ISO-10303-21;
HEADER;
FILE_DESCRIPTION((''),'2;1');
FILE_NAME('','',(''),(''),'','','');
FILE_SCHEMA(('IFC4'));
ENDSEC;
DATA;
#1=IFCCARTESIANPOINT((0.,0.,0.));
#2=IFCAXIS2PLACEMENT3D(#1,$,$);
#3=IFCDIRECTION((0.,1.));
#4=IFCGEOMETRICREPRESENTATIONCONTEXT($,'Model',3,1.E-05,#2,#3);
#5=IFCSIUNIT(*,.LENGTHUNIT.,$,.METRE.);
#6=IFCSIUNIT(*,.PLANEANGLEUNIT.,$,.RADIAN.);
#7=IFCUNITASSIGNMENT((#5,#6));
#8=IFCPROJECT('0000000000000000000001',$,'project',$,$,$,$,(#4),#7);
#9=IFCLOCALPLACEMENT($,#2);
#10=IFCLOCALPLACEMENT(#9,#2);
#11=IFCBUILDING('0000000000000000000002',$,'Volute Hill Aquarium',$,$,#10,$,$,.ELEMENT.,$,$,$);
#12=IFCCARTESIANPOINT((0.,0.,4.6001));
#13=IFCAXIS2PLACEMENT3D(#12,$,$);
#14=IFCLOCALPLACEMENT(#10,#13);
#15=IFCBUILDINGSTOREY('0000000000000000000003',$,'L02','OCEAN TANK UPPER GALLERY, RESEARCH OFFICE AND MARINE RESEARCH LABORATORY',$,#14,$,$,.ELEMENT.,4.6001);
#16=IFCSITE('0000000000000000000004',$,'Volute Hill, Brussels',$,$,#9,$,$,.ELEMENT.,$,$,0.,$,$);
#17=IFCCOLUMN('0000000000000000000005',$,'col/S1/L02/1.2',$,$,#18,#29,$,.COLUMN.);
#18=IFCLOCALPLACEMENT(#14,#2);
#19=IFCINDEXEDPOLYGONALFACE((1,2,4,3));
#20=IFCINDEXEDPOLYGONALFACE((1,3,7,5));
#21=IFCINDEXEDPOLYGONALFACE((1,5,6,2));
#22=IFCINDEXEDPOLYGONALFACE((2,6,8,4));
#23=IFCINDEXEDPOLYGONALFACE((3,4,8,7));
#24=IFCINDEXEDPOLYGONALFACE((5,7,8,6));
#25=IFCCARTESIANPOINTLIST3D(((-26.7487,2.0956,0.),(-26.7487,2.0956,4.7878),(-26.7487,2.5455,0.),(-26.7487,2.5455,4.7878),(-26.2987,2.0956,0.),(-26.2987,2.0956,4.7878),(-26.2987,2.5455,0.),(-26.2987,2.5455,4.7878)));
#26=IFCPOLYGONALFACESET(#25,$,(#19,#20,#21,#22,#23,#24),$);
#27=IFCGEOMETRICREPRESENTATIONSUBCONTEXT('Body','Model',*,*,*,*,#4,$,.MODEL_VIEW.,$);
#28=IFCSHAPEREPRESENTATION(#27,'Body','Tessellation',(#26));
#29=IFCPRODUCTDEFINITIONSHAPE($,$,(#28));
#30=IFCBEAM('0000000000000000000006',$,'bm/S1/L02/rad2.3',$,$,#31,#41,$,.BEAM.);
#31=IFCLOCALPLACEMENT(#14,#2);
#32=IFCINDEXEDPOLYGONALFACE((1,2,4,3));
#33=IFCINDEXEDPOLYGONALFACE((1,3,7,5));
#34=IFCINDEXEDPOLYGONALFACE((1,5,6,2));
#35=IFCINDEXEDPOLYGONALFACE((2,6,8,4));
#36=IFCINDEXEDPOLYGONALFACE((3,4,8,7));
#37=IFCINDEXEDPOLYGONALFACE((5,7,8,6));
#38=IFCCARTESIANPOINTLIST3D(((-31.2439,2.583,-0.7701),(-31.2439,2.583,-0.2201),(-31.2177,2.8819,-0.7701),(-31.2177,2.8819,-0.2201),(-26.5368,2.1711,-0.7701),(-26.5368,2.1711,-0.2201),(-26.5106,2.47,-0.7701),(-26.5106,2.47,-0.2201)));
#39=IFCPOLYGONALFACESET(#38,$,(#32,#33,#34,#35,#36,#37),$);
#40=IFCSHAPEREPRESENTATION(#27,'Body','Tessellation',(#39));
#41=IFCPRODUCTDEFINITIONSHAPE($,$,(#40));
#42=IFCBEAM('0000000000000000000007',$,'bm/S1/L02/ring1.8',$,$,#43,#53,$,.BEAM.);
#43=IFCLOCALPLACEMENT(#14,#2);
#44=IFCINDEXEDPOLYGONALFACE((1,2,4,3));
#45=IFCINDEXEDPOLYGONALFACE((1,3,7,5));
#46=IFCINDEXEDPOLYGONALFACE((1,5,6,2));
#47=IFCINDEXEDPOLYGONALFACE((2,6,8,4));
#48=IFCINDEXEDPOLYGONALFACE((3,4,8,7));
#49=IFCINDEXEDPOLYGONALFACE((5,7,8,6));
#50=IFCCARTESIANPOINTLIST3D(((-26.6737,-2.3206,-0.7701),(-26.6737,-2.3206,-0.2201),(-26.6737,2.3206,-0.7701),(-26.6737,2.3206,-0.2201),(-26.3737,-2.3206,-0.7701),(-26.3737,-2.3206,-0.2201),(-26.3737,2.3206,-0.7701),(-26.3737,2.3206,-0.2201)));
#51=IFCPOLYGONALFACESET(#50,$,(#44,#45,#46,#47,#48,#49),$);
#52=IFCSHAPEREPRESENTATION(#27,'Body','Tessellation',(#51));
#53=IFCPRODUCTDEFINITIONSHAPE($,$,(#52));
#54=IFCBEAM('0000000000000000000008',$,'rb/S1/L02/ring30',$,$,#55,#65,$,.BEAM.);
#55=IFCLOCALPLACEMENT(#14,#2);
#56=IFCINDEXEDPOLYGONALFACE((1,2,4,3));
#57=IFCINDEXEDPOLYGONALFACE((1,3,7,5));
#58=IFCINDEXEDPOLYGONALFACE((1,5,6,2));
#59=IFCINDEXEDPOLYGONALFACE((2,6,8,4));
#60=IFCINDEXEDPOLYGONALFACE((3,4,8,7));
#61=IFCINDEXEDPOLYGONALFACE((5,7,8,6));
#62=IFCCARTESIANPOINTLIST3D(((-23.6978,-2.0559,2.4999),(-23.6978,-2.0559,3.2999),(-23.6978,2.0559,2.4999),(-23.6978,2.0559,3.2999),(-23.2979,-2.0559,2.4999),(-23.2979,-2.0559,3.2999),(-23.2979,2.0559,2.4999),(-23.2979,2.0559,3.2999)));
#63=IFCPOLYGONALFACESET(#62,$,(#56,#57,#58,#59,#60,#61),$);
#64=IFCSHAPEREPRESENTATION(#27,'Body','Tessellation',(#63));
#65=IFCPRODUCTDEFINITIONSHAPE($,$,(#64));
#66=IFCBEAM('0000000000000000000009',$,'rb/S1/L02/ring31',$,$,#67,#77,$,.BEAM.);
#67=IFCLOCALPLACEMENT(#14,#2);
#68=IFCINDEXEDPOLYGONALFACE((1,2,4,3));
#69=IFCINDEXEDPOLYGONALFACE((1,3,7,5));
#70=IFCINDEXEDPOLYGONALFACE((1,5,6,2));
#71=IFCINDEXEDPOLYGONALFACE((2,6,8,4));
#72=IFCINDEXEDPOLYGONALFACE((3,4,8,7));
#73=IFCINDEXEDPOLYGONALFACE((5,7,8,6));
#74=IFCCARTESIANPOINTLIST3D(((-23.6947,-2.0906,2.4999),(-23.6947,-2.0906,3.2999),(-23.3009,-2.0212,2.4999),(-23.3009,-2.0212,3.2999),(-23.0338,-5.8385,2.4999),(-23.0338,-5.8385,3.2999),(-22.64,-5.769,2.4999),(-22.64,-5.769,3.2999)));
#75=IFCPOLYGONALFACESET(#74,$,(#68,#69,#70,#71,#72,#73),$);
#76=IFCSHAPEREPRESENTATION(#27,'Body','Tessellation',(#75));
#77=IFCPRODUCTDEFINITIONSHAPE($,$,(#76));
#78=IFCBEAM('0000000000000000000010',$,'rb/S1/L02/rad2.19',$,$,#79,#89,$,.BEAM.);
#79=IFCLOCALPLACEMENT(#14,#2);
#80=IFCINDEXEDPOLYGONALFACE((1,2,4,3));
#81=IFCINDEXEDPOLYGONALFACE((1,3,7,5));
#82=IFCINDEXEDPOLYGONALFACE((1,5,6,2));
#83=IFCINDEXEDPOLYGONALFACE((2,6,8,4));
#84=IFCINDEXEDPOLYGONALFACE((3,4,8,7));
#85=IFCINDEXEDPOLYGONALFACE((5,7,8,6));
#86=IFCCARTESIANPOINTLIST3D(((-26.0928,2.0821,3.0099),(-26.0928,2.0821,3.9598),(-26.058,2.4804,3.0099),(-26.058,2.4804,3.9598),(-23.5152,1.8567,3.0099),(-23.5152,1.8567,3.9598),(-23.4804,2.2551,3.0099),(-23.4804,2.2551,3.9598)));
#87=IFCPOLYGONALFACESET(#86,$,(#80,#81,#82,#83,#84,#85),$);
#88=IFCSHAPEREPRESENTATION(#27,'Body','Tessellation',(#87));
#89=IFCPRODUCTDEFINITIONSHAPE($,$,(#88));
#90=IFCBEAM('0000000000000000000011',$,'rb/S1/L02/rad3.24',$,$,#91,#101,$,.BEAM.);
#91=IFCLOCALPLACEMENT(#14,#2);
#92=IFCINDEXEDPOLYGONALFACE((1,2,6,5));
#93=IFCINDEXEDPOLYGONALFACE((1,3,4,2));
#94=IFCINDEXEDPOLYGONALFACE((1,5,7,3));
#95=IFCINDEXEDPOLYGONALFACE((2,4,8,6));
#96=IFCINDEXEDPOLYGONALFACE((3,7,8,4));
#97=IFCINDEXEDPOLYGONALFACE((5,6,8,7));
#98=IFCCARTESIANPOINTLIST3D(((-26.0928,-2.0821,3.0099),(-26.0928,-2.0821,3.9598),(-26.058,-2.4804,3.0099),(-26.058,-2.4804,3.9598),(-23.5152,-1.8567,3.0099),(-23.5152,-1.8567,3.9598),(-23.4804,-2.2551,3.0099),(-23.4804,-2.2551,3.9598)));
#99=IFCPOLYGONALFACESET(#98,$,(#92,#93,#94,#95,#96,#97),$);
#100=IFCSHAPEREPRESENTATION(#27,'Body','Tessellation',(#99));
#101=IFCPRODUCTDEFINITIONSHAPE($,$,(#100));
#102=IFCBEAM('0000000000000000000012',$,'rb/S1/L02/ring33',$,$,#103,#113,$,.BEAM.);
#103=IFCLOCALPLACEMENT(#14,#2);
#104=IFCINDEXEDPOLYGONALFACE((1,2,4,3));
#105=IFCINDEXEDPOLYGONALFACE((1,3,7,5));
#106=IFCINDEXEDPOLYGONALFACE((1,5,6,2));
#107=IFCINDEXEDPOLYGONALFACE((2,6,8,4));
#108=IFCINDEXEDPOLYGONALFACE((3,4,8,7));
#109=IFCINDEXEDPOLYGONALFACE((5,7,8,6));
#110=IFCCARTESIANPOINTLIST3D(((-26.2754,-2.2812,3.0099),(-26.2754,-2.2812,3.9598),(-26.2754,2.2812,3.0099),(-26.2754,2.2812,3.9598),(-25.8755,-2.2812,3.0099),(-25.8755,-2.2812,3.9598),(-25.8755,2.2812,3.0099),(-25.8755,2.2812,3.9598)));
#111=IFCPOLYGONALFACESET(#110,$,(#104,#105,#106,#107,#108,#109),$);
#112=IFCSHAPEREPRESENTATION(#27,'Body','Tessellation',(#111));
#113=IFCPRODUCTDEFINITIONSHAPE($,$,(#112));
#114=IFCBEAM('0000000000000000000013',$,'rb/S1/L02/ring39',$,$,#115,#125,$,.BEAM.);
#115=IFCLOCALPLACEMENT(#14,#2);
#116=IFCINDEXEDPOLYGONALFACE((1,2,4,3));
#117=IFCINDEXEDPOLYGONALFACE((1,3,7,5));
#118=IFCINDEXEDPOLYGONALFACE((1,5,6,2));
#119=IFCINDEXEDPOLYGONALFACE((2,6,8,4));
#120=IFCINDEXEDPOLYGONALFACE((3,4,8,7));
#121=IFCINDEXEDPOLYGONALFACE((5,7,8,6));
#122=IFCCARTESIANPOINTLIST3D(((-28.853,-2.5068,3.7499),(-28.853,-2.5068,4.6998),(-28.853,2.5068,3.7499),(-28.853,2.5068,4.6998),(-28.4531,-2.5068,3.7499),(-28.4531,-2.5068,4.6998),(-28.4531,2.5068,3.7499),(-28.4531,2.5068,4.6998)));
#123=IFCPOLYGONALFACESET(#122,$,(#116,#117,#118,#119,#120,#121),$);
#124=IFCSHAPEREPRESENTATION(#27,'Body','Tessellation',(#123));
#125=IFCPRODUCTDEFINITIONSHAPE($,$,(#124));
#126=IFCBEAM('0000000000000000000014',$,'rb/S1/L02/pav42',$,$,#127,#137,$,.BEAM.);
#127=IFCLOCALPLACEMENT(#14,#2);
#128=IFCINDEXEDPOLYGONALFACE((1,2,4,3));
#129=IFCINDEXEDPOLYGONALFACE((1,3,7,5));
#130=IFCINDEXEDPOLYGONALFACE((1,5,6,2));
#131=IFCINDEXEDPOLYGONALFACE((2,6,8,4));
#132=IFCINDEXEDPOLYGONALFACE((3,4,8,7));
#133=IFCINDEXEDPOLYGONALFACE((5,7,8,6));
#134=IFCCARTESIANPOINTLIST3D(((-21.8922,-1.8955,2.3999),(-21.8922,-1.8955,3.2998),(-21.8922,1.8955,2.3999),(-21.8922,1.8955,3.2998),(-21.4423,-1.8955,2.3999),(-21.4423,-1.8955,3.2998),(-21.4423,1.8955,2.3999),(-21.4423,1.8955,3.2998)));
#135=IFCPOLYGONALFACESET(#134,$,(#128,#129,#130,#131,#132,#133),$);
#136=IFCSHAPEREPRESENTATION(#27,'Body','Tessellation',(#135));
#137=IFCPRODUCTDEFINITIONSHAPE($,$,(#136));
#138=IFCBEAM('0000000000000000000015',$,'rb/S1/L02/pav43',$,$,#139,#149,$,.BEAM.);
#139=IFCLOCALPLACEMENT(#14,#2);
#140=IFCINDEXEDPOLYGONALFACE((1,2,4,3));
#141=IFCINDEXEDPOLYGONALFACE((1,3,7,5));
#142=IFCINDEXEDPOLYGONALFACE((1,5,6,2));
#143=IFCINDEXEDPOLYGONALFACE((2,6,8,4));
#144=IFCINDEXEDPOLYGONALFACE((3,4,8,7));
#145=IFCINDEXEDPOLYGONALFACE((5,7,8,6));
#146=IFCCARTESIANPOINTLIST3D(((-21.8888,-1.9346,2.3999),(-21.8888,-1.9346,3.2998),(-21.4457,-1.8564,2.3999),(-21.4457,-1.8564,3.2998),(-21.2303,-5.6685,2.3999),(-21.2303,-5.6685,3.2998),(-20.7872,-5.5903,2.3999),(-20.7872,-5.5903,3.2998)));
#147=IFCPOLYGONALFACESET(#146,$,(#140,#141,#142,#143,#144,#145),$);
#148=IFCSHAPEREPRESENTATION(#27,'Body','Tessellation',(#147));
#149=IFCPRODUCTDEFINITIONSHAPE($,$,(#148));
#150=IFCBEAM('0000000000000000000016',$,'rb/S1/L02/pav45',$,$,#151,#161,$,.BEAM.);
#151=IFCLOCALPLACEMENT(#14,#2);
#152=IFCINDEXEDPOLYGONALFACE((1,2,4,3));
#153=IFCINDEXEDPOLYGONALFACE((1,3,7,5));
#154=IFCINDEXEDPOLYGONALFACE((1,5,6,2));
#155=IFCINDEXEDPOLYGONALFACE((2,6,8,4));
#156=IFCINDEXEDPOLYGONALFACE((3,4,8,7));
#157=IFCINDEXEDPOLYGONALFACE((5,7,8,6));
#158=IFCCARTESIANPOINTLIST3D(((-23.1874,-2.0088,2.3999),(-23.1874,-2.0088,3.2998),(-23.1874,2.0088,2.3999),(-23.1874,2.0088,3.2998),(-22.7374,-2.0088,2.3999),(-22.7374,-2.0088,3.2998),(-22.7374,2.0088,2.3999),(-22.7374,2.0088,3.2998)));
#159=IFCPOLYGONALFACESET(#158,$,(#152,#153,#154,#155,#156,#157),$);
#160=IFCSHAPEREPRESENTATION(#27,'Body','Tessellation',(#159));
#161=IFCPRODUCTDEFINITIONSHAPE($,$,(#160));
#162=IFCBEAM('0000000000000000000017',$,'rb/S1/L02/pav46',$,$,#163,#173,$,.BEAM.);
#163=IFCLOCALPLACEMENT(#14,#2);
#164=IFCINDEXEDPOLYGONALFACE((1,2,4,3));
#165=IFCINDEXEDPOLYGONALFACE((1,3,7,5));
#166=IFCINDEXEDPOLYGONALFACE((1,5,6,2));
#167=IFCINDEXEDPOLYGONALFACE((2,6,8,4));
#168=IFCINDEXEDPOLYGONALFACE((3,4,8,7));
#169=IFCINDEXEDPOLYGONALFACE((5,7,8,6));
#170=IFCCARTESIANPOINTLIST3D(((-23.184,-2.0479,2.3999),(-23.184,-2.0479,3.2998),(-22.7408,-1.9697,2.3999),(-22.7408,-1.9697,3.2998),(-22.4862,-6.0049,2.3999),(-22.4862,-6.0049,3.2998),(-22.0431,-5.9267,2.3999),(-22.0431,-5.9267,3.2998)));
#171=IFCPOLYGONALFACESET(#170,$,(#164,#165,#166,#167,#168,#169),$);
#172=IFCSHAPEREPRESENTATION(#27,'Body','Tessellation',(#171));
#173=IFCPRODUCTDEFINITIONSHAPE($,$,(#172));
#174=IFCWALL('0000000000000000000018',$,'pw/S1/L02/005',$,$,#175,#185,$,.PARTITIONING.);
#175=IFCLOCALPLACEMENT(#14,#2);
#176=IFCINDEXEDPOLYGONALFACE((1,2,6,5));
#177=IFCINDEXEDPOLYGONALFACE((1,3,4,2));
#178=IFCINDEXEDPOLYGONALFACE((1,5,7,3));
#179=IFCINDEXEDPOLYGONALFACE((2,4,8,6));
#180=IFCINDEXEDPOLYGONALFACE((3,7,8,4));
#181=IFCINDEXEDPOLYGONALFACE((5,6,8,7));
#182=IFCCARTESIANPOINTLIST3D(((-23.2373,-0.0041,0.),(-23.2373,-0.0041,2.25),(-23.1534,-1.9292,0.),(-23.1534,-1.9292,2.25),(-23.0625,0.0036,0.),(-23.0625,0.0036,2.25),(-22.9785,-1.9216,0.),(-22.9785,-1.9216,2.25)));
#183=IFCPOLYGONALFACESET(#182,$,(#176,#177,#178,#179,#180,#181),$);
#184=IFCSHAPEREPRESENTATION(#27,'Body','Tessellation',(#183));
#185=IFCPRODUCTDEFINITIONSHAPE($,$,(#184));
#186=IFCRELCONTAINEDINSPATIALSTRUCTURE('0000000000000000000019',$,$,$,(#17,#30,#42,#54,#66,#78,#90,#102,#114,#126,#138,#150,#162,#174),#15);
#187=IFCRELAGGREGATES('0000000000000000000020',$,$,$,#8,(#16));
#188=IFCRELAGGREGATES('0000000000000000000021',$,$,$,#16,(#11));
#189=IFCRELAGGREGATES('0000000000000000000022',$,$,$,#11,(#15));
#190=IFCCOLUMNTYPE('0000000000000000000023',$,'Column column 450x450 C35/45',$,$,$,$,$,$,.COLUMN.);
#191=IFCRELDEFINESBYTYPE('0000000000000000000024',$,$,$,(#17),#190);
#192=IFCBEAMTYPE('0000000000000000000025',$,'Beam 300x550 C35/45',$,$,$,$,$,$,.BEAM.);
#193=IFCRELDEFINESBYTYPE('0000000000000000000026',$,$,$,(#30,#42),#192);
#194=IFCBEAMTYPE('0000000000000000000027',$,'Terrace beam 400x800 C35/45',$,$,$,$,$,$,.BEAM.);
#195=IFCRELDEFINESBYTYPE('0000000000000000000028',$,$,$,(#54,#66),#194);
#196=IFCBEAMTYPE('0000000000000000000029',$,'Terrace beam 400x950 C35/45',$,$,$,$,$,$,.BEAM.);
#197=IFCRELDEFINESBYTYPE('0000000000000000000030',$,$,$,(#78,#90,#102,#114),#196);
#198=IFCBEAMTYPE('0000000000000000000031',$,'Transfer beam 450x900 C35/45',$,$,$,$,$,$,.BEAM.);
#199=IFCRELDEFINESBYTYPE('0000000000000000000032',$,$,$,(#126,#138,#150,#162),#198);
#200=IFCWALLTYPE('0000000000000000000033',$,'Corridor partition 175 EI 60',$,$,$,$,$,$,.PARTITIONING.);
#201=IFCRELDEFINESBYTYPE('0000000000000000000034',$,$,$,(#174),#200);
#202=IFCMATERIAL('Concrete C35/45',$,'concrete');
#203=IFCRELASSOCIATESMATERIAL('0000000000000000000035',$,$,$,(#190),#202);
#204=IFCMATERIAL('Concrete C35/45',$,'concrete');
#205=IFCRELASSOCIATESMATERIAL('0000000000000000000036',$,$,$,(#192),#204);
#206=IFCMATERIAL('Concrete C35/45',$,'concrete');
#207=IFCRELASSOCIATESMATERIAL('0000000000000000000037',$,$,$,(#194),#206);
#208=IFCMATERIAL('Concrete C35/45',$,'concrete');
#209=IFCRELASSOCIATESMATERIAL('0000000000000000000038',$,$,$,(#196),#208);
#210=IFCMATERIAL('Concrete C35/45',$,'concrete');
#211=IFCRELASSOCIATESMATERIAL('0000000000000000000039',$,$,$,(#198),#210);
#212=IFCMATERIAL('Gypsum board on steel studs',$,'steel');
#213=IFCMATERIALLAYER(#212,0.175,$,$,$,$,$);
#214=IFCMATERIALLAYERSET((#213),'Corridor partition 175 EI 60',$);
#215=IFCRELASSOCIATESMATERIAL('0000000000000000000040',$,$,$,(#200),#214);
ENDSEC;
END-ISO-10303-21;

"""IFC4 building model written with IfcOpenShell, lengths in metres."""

from ifc_helpers import new_model, si_unit, direction, frame, frame_2d, origin, origin_2d, place, context, subcontext, project, spatial, rectangle, extrude, material, layer, layer_set, material_profile, profile_set, type_object, element, save


model = new_model("IFC4")

# Units and contexts
model_context = context("Model", 3, precision=1e-05, world=origin(), true_north=direction((0.0, 1.0)))
body_context = subcontext(model_context, "Body", "Model", "MODEL_VIEW")
ifc_project = project(units=[si_unit("LENGTHUNIT", "METRE"), si_unit("PLANEANGLEUNIT", "RADIAN")], contexts=[model_context])

# Site, building, storey
site_placement = place(None, origin())
site = spatial("IfcSite", under=ifc_project, at=site_placement, Name="Volute Hill, Brussels", CompositionType="ELEMENT", RefElevation=0.0)
building_placement = place(site_placement, origin())
building = spatial("IfcBuilding", under=site, at=building_placement, Name="Volute Hill Aquarium", CompositionType="ELEMENT")
storey_placement = place(building_placement, frame((0.0, 0.0, 4.6001)))
storey = spatial("IfcBuildingStorey", under=building, at=storey_placement, Name="L02", Description="OCEAN TANK UPPER GALLERY, RESEARCH OFFICE AND MARINE RESEARCH LABORATORY", CompositionType="ELEMENT", Elevation=4.6001)

# Column
ifc_material_1 = material(Name="Concrete C35/45", Category="concrete")
ifc_material_profile_1 = material_profile(ifc_material_1, rectangle(XDim=0.45, YDim=0.45, at=origin_2d()), Name="RC column 450x450")
ifc_profile_set_1 = profile_set([ifc_material_profile_1], Name="Concrete C35/45")
column_type = type_object("IfcColumnType", Name="Column column 450x450 C35/45", PredefinedType="COLUMN", material=ifc_profile_set_1)
column_placement = place(storey_placement, frame((-26.5237, 2.3206, 0.0), z_axis=(0.0, 0.0, 1.0), x_axis=(1.0, 0.0, 0.0)))
element("IfcColumn", 1, at=column_placement, inside=storey, type_object=column_type, Name="col/S1/L02/1.2", PredefinedType="COLUMN", context=body_context, shape_type="SweptSolid", body=[
    extrude(rectangle(XDim=0.45, YDim=0.45, at=origin_2d()), origin(), (0.0, 0.0, 1.0), 4.7878),
])

# Beams
ifc_material_2 = material(Name="Concrete C35/45", Category="concrete")
ifc_material_profile_2 = material_profile(ifc_material_2, rectangle(XDim=0.3, YDim=0.55, at=origin_2d()), Name="RC beam 300x550")
ifc_profile_set_2 = profile_set([ifc_material_profile_2], Name="Concrete C35/45")
beam_type_1 = type_object("IfcBeamType", Name="Beam 300x550 C35/45", PredefinedType="BEAM", material=ifc_profile_set_2)
beam_1_placement = place(storey_placement, frame((-26.5237, 2.3206, -0.4951), z_axis=(-0.996194, 0.087167, 0.0), x_axis=(-0.087167, -0.996194, 0.0)))
element("IfcBeam", 2, at=beam_1_placement, inside=storey, type_object=beam_type_1, Name="bm/S1/L02/rad2.3", PredefinedType="BEAM", context=body_context, shape_type="SweptSolid", body=[
    extrude(rectangle(XDim=0.3, YDim=0.55, at=origin_2d()), origin(), (0.0, 0.0, 1.0), 4.7251),
])
beam_2_placement = place(storey_placement, frame((-26.5237, 2.3206, -0.4951), z_axis=(0.0, -1.0, 0.0), x_axis=(1.0, 0.0, 0.0)))
element("IfcBeam", 3, at=beam_2_placement, inside=storey, type_object=beam_type_1, Name="bm/S1/L02/ring1.8", PredefinedType="BEAM", context=body_context, shape_type="SweptSolid", body=[
    extrude(rectangle(XDim=0.3, YDim=0.55, at=origin_2d()), origin(), (0.0, 0.0, 1.0), 4.6411),
])
ifc_material_3 = material(Name="Concrete C35/45", Category="concrete")
ifc_material_profile_3 = material_profile(ifc_material_3, rectangle(XDim=0.3999, YDim=0.8, at=origin_2d()), Name="RC beam 400x800")
ifc_profile_set_3 = profile_set([ifc_material_profile_3], Name="Concrete C35/45")
beam_type_2 = type_object("IfcBeamType", Name="Terrace beam 400x800 C35/45", PredefinedType="BEAM", material=ifc_profile_set_3)
beam_3_placement = place(storey_placement, frame((-23.4978, 2.0559, 2.8999), z_axis=(0.0, -1.0, 0.0), x_axis=(1.0, 0.0, 0.0)))
element("IfcBeam", 4, at=beam_3_placement, inside=storey, type_object=beam_type_2, Name="rb/S1/L02/ring30", PredefinedType="BEAM", context=body_context, shape_type="SweptSolid", body=[
    extrude(rectangle(XDim=0.3999, YDim=0.8, at=origin_2d()), origin(), (0.0, 0.0, 1.0), 4.1118),
])
beam_4_placement = place(storey_placement, frame((-23.4978, -2.0559, 2.8999), z_axis=(0.173661, -0.984806, 0.0), x_axis=(0.984806, 0.173661, 0.0)))
element("IfcBeam", 5, at=beam_4_placement, inside=storey, type_object=beam_type_2, Name="rb/S1/L02/ring31", PredefinedType="BEAM", context=body_context, shape_type="SweptSolid", body=[
    extrude(rectangle(XDim=0.3999, YDim=0.8, at=origin_2d()), origin(), (0.0, 0.0, 1.0), 3.8057),
])
ifc_material_4 = material(Name="Concrete C35/45", Category="concrete")
ifc_material_profile_4 = material_profile(ifc_material_4, rectangle(XDim=0.3999, YDim=0.95, at=origin_2d()), Name="RC beam 400x950")
ifc_profile_set_4 = profile_set([ifc_material_profile_4], Name="Concrete C35/45")
beam_type_3 = type_object("IfcBeamType", Name="Terrace beam 400x950 C35/45", PredefinedType="BEAM", material=ifc_profile_set_4)
for number, where, z_axis, x_axis, name in (
    (6, (-23.4978, 2.0559, 3.4849), (-0.9962, 0.08709, 0.0), (-0.08709, -0.9962, 0.0), "rb/S1/L02/rad2.19"),
    (7, (-23.4978, -2.0559, 3.4849), (-0.9962, -0.08709, 0.0), (0.08709, -0.9962, 0.0), "rb/S1/L02/rad3.24"),
):
    element("IfcBeam", number, at=place(storey_placement, frame(where, z_axis=z_axis, x_axis=x_axis)), inside=storey, type_object=beam_type_3, Name=name, PredefinedType="BEAM", context=body_context, shape_type="SweptSolid", body=[
        extrude(rectangle(XDim=0.3999, YDim=0.95, at=origin_2d()), origin(), (0.0, 0.0, 1.0), 2.5874),
    ])
beam_5_placement = place(storey_placement, frame((-26.0754, 2.2812, 3.4849), z_axis=(0.0, -1.0, 0.0), x_axis=(1.0, 0.0, 0.0)))
element("IfcBeam", 8, at=beam_5_placement, inside=storey, type_object=beam_type_3, Name="rb/S1/L02/ring33", PredefinedType="BEAM", context=body_context, shape_type="SweptSolid", body=[
    extrude(rectangle(XDim=0.3999, YDim=0.95, at=origin_2d()), origin(), (0.0, 0.0, 1.0), 4.5625),
])
beam_6_placement = place(storey_placement, frame((-28.6531, 2.5068, 4.2249), z_axis=(0.0, -1.0, 0.0), x_axis=(1.0, 0.0, 0.0)))
element("IfcBeam", 9, at=beam_6_placement, inside=storey, type_object=beam_type_3, Name="rb/S1/L02/ring39", PredefinedType="BEAM", context=body_context, shape_type="SweptSolid", body=[
    extrude(rectangle(XDim=0.3999, YDim=0.95, at=origin_2d()), origin(), (0.0, 0.0, 1.0), 5.0137),
])
ifc_material_5 = material(Name="Concrete C35/45", Category="concrete")
ifc_material_profile_5 = material_profile(ifc_material_5, rectangle(XDim=0.45, YDim=0.8999, at=origin_2d()), Name="RC transfer beam 450x900")
ifc_profile_set_5 = profile_set([ifc_material_profile_5], Name="Concrete C35/45")
beam_type_4 = type_object("IfcBeamType", Name="Transfer beam 450x900 C35/45", PredefinedType="BEAM", material=ifc_profile_set_5)
beam_7_placement = place(storey_placement, frame((-21.6672, 1.8955, 2.8499), z_axis=(0.0, -1.0, 0.0), x_axis=(1.0, 0.0, 0.0)))
element("IfcBeam", 10, at=beam_7_placement, inside=storey, type_object=beam_type_4, Name="rb/S1/L02/pav42", PredefinedType="BEAM", context=body_context, shape_type="SweptSolid", body=[
    extrude(rectangle(XDim=0.45, YDim=0.8999, at=origin_2d()), origin(), (0.0, 0.0, 1.0), 3.791),
])
beam_8_placement = place(storey_placement, frame((-21.6672, -1.8955, 2.8499), z_axis=(0.173664, -0.984805, 0.0), x_axis=(0.984805, 0.173664, 0.0)))
element("IfcBeam", 11, at=beam_8_placement, inside=storey, type_object=beam_type_4, Name="rb/S1/L02/pav43", PredefinedType="BEAM", context=body_context, shape_type="SweptSolid", body=[
    extrude(rectangle(XDim=0.45, YDim=0.8999, at=origin_2d()), origin(), (0.0, 0.0, 1.0), 3.7915),
])
beam_9_placement = place(storey_placement, frame((-22.9624, 2.0088, 2.8499), z_axis=(0.0, -1.0, 0.0), x_axis=(1.0, 0.0, 0.0)))
element("IfcBeam", 12, at=beam_9_placement, inside=storey, type_object=beam_type_4, Name="rb/S1/L02/pav45", PredefinedType="BEAM", context=body_context, shape_type="SweptSolid", body=[
    extrude(rectangle(XDim=0.45, YDim=0.8999, at=origin_2d()), origin(), (0.0, 0.0, 1.0), 4.0176),
])
beam_10_placement = place(storey_placement, frame((-22.9624, -2.0088, 2.8499), z_axis=(0.173654, -0.984807, 0.0), x_axis=(0.984807, 0.173654, 0.0)))
element("IfcBeam", 13, at=beam_10_placement, inside=storey, type_object=beam_type_4, Name="rb/S1/L02/pav46", PredefinedType="BEAM", context=body_context, shape_type="SweptSolid", body=[
    extrude(rectangle(XDim=0.45, YDim=0.8999, at=origin_2d()), origin(), (0.0, 0.0, 1.0), 4.0181),
])

# Wall
ifc_material_6 = material(Name="Gypsum board on steel studs", Category="steel")
ifc_layer_1 = layer(ifc_material_6, 0.175)
ifc_layer_set_1 = layer_set([ifc_layer_1], Name="Corridor partition 175 EI 60")
wall_type_1 = type_object("IfcWallType", Name="Corridor partition 175 EI 60", PredefinedType="PARTITIONING", material=ifc_layer_set_1)
wall_1_placement = place(storey_placement, frame((-23.0659, -1.9253, 0.0), z_axis=(0.0, 0.0, 1.0), x_axis=(-0.04358, 0.99905, 0.0)))
element("IfcWall", 14, at=wall_1_placement, inside=storey, type_object=wall_type_1, Name="pw/S1/L02/005", PredefinedType="PARTITIONING", context=body_context, shape_type="SweptSolid", body=[
    extrude(rectangle(XDim=1.927, YDim=0.175, at=frame_2d((0.9634, 0.0))), origin(), (0.0, 0.0, 1.0), 2.25),
])

save(model, "model.ifc")
